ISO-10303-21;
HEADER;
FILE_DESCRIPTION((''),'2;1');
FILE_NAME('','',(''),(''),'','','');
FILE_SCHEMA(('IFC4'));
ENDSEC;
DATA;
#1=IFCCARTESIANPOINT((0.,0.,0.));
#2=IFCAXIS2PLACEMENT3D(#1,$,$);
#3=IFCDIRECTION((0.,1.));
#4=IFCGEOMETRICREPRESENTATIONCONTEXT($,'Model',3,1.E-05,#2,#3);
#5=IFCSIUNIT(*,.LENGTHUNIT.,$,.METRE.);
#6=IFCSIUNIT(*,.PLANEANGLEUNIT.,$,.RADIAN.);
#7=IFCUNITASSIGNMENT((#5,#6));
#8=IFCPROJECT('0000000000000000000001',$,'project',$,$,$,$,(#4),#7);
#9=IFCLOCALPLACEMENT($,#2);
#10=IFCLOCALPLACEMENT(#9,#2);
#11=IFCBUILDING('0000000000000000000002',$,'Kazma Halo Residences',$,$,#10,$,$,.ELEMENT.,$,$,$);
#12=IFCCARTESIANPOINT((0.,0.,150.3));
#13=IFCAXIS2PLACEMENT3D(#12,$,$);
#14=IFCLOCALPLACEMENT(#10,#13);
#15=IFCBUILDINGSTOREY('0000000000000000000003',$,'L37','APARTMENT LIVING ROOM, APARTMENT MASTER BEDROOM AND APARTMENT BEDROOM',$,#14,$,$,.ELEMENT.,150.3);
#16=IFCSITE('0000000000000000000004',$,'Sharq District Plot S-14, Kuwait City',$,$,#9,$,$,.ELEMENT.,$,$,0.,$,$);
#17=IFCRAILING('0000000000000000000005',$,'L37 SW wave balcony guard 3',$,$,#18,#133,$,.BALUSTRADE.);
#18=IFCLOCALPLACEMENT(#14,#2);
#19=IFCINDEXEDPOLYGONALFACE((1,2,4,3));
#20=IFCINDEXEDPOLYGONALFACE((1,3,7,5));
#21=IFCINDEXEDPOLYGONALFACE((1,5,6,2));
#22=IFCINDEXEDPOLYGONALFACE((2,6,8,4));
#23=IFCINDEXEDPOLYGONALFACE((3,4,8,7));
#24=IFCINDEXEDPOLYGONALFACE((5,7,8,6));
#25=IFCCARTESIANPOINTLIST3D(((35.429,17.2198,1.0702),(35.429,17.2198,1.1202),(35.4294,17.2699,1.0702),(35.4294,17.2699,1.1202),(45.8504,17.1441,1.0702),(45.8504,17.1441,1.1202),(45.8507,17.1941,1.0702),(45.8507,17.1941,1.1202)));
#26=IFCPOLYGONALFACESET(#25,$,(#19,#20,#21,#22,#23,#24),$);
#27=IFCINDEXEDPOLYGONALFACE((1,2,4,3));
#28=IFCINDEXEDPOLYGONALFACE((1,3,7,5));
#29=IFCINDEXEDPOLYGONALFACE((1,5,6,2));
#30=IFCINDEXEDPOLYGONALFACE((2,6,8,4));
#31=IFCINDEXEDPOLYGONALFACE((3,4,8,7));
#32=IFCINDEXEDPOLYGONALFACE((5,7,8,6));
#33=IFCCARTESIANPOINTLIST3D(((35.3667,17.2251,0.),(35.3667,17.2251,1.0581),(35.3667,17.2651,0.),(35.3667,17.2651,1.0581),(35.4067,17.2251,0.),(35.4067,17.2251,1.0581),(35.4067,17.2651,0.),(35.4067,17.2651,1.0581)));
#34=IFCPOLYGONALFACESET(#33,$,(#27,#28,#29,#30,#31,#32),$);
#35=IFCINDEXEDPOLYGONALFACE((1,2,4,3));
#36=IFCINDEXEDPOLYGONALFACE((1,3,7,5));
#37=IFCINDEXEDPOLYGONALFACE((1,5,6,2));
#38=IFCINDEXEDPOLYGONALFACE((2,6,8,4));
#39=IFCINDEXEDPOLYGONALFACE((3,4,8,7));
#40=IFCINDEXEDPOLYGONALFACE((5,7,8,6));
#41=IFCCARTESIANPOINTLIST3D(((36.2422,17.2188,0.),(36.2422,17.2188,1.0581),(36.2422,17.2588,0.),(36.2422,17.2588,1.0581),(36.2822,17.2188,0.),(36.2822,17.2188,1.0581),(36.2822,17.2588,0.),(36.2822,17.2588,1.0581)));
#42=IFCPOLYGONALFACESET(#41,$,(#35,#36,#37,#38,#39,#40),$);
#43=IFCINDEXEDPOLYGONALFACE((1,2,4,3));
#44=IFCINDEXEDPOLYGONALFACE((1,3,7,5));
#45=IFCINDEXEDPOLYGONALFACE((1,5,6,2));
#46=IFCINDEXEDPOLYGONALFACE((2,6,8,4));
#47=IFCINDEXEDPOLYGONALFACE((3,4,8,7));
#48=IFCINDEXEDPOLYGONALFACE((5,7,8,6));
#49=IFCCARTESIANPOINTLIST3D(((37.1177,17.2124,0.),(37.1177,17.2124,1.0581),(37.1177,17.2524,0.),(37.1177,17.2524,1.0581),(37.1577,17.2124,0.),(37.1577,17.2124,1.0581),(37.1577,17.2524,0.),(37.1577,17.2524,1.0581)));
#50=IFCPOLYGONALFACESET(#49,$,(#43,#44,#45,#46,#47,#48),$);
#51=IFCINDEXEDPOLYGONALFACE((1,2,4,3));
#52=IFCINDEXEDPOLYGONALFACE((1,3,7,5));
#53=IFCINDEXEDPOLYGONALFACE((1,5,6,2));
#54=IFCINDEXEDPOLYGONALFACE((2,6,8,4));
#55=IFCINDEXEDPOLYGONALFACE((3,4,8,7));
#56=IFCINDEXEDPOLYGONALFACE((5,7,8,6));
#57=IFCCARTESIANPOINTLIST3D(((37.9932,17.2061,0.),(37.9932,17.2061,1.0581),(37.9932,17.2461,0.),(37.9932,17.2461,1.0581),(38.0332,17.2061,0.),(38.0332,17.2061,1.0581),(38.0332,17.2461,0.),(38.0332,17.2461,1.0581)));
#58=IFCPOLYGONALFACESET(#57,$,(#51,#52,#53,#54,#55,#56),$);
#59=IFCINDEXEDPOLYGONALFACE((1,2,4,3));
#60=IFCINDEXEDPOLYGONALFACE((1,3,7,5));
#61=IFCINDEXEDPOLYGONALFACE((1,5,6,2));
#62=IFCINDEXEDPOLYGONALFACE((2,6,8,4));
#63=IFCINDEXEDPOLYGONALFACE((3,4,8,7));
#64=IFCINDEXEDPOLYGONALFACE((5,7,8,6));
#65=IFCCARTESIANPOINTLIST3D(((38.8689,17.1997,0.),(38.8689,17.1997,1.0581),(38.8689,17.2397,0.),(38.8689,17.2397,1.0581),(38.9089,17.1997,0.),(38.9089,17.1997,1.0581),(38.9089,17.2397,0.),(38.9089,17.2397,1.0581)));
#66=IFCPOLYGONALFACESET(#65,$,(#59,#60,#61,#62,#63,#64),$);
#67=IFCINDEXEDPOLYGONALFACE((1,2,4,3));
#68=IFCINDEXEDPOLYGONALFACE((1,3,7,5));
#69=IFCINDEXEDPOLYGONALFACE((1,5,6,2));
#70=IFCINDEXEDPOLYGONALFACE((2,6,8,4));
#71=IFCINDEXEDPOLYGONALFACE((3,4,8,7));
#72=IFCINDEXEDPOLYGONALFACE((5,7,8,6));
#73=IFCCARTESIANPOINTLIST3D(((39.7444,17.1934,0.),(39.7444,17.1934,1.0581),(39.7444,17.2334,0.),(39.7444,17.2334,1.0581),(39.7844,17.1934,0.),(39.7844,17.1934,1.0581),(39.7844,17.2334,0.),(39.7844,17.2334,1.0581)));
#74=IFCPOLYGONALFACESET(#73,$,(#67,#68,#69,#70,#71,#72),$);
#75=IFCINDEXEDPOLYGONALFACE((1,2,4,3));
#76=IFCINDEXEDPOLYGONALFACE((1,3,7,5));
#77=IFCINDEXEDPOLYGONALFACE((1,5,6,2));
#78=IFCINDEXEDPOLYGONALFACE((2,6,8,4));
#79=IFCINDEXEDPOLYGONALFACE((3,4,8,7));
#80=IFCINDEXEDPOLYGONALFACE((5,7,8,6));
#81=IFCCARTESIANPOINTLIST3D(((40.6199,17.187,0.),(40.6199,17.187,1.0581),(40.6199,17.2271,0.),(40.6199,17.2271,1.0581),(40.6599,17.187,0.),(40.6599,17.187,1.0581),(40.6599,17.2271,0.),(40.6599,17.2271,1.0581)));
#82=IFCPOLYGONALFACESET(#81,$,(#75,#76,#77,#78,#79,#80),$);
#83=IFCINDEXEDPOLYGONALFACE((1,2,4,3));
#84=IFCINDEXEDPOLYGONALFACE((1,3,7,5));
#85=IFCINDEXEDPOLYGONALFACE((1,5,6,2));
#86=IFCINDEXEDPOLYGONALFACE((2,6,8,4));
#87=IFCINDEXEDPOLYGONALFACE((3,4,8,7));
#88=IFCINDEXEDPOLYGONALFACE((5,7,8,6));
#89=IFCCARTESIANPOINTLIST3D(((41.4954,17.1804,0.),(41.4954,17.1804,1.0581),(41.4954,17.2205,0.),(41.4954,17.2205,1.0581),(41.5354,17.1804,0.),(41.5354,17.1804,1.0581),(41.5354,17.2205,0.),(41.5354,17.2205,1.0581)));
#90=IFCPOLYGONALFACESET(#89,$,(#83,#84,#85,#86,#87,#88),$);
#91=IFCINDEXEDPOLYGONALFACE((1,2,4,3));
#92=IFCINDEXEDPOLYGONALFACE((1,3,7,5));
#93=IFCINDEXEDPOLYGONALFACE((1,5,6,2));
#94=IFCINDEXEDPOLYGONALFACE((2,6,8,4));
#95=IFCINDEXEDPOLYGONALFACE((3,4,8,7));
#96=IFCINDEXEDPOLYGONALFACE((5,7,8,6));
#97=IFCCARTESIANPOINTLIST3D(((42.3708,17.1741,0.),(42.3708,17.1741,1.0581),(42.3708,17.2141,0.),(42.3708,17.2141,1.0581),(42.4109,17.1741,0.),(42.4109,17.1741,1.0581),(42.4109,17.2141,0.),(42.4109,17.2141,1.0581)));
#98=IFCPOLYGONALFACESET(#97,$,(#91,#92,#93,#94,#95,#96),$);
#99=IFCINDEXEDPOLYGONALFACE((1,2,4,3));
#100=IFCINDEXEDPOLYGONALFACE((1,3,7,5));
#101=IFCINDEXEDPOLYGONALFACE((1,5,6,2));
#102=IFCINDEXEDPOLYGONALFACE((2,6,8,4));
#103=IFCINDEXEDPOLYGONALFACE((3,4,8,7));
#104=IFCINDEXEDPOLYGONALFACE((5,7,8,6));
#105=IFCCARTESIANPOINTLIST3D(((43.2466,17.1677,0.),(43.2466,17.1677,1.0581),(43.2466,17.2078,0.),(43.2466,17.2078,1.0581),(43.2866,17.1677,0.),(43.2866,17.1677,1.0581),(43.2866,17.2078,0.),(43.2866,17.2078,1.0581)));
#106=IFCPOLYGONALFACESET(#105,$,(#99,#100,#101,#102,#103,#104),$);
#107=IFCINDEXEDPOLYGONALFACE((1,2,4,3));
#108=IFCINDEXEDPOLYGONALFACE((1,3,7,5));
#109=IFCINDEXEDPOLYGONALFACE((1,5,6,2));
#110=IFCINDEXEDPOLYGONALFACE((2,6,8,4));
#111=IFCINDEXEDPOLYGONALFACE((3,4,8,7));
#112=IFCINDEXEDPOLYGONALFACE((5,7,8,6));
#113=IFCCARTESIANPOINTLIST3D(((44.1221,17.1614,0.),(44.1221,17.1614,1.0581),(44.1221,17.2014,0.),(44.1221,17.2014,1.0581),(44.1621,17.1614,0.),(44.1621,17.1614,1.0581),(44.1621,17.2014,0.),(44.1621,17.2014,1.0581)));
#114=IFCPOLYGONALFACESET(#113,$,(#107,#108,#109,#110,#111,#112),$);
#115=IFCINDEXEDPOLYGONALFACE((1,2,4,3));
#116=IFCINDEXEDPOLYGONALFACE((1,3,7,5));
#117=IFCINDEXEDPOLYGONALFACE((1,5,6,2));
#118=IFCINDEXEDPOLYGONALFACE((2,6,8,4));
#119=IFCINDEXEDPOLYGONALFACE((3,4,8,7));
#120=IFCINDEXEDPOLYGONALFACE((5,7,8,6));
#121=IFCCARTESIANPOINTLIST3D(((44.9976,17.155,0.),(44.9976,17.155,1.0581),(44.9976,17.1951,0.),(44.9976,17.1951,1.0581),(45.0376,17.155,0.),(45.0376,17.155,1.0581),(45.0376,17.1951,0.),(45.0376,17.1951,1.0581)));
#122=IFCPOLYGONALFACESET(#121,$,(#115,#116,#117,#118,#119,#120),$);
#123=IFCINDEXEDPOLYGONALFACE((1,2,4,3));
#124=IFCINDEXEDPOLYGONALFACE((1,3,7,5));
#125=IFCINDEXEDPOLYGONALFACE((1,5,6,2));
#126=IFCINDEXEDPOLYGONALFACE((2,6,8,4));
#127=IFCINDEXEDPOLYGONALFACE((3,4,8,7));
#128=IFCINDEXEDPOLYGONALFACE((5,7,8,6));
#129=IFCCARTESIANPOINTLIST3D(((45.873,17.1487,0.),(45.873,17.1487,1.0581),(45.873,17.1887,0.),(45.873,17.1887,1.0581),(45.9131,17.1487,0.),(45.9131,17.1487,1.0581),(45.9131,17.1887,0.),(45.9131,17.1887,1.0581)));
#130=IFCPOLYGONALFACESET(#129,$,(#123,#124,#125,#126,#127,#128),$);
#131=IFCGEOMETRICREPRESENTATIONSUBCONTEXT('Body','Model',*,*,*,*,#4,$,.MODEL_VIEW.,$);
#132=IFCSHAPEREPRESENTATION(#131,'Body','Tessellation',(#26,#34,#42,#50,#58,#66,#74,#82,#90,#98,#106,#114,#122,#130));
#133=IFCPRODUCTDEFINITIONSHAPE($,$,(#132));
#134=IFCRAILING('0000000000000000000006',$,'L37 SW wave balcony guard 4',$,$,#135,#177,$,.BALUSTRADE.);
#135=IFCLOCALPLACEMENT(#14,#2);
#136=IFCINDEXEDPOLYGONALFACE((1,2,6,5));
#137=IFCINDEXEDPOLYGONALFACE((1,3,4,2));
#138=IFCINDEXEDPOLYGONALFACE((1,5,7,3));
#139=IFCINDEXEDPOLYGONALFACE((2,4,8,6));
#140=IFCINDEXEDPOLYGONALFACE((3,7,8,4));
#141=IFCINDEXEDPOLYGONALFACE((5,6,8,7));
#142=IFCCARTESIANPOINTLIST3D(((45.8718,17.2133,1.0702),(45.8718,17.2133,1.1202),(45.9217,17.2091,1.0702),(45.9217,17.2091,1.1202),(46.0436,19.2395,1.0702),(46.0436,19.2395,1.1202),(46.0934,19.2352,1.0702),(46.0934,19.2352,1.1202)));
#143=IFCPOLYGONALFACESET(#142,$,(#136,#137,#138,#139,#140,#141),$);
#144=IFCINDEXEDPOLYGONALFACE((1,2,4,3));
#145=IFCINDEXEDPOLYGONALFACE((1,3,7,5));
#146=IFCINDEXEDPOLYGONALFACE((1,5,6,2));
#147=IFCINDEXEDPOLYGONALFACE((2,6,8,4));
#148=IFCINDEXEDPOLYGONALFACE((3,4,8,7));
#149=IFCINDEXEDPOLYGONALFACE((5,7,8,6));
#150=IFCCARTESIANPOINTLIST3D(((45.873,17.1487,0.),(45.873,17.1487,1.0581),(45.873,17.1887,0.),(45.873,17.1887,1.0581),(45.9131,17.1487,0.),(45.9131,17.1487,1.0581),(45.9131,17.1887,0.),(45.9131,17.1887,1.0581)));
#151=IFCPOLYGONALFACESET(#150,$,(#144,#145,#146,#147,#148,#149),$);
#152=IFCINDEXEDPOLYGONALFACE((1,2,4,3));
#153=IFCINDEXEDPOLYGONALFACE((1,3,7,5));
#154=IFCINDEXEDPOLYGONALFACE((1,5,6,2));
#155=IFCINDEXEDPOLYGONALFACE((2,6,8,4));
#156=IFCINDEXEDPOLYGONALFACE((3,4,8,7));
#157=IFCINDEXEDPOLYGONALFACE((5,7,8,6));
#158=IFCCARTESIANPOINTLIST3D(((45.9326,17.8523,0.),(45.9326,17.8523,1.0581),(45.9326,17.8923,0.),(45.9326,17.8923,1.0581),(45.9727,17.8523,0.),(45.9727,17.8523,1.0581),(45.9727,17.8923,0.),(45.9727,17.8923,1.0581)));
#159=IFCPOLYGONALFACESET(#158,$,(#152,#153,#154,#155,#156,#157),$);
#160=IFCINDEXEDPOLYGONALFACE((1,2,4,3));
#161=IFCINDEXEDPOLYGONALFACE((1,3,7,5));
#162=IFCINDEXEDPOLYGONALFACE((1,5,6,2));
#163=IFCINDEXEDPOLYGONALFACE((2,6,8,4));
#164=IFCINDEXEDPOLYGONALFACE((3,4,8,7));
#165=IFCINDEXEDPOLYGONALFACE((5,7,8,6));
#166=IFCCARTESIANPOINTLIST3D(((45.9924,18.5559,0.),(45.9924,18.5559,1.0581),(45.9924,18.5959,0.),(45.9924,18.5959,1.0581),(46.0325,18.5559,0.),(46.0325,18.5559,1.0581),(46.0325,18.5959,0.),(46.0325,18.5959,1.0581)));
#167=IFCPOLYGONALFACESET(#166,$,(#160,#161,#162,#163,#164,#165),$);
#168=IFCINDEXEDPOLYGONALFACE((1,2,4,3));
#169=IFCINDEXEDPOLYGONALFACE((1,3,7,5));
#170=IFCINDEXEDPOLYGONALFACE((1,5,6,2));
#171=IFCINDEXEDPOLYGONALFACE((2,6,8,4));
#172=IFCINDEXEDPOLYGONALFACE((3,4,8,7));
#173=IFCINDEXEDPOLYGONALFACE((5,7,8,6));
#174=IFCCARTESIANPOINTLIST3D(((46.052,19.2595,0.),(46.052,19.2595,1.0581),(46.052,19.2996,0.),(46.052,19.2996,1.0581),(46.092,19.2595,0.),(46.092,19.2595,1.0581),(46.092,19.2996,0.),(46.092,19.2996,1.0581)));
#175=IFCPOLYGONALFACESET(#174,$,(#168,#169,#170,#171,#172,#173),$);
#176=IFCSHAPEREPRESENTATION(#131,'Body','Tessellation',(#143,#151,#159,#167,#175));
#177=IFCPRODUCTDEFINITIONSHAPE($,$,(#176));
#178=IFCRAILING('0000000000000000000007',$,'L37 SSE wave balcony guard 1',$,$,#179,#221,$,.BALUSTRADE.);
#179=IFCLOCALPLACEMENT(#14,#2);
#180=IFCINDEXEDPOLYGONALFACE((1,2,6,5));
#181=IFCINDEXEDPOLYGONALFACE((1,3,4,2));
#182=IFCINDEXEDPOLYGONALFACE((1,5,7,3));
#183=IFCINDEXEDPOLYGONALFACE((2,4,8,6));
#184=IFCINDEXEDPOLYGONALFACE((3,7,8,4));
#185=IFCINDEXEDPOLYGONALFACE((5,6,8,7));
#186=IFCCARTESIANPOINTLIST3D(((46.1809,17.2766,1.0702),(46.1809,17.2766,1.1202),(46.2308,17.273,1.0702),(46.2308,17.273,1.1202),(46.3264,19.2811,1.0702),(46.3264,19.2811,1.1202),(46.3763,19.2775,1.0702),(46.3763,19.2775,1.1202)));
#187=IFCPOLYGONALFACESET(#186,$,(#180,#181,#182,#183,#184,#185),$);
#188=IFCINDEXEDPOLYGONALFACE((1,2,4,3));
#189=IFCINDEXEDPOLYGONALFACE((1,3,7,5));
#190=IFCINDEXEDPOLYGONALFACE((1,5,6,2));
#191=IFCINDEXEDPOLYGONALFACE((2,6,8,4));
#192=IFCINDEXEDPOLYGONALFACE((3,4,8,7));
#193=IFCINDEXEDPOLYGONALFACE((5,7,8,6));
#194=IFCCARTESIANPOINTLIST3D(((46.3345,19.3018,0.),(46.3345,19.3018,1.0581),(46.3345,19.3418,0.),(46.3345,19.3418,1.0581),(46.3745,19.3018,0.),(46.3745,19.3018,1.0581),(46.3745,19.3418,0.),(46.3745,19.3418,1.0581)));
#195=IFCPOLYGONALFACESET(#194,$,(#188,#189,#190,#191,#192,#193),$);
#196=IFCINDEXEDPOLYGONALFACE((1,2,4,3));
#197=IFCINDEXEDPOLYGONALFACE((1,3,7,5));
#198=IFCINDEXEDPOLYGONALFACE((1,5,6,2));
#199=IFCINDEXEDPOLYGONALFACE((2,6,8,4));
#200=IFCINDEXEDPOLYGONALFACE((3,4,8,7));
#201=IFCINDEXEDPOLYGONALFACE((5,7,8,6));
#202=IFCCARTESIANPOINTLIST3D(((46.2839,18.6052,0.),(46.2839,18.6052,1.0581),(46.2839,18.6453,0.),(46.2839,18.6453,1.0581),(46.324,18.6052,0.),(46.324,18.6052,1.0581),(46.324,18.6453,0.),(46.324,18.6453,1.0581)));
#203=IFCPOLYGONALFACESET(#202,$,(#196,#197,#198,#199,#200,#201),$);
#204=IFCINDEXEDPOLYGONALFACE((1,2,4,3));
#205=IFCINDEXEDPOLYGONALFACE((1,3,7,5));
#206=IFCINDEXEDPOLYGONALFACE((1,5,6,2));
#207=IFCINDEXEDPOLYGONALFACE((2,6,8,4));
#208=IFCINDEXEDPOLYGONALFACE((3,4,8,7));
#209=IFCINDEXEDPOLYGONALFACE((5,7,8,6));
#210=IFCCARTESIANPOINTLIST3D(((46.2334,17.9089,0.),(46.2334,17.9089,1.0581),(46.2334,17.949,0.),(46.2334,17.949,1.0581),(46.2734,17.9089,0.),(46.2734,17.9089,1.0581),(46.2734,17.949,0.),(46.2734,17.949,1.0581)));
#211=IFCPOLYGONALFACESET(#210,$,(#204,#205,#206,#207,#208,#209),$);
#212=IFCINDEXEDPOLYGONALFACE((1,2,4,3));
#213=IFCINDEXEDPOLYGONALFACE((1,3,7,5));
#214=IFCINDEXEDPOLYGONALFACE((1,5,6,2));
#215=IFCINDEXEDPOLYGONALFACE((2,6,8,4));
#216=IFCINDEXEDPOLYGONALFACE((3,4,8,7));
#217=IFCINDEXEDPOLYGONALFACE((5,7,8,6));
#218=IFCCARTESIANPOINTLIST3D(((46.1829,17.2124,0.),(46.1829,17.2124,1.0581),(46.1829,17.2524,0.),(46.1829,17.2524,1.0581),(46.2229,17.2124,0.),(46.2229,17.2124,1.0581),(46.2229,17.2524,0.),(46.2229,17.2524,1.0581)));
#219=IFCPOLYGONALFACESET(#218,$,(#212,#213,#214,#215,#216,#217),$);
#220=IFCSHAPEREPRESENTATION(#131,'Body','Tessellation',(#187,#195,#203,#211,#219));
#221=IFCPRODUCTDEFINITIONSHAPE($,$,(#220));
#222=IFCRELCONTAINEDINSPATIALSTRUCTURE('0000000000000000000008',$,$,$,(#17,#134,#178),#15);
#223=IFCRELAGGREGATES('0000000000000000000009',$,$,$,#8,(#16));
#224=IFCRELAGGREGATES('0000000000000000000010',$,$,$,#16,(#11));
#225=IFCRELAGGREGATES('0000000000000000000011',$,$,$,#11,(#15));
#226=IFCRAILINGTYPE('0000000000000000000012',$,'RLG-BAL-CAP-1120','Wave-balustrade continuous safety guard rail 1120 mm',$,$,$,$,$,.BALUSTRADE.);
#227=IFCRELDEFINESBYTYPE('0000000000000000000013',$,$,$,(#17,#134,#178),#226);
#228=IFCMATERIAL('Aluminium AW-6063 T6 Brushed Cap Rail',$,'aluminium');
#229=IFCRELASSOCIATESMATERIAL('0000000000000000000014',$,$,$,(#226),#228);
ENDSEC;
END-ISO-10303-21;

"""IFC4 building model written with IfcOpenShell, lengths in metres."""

from ifc_helpers import new_model, si_unit, direction, frame, origin, origin_2d, place, context, subcontext, project, spatial, rectangle, extrude, material, type_object, element, save


model = new_model("IFC4")

# Units and contexts
model_context = context("Model", 3, precision=1e-05, world=origin(), true_north=direction((0.0, 1.0)))
body_context = subcontext(model_context, "Body", "Model", "MODEL_VIEW")
ifc_project = project(units=[si_unit("LENGTHUNIT", "METRE"), si_unit("PLANEANGLEUNIT", "RADIAN")], contexts=[model_context])

# Site, building, storey
site_placement = place(None, origin())
site = spatial("IfcSite", under=ifc_project, at=site_placement, Name="Sharq District Plot S-14, Kuwait City", CompositionType="ELEMENT", RefElevation=0.0)
building_placement = place(site_placement, origin())
building = spatial("IfcBuilding", under=site, at=building_placement, Name="Kazma Halo Residences", CompositionType="ELEMENT")
storey_placement = place(building_placement, frame((0.0, 0.0, 150.3)))
storey = spatial("IfcBuildingStorey", under=building, at=storey_placement, Name="L37", Description="APARTMENT LIVING ROOM, APARTMENT MASTER BEDROOM AND APARTMENT BEDROOM", CompositionType="ELEMENT", Elevation=150.3)

# Railings
ifc_material_1 = material(Name="Aluminium AW-6063 T6 Brushed Cap Rail", Category="aluminium")
railing_type = type_object("IfcRailingType", Name="RLG-BAL-CAP-1120", Description="Wave-balustrade continuous safety guard rail 1120 mm", PredefinedType="BALUSTRADE", material=ifc_material_1)
railing_1_placement = place(storey_placement, frame((35.3867, 17.2451, 0.0)))
element("IfcRailing", 1, at=railing_1_placement, inside=storey, type_object=railing_type, Name="L37 SW wave balcony guard 3", PredefinedType="BALUSTRADE", context=body_context, shape_type="SweptSolid", body=[
    extrude(rectangle(XDim=0.05, YDim=0.05, at=origin_2d()), frame((0.0425, -0.0002, 1.0952), z_axis=(0.999974, -0.007273, 0.0), x_axis=(0.007273, 0.999974, 0.0)), (0.0, 0.0, 1.0), 10.4216),
    extrude(rectangle(XDim=0.04, YDim=0.04, at=origin_2d()), origin(), (0.0, 0.0, 1.0), 1.0581),
    extrude(rectangle(XDim=0.04, YDim=0.04, at=origin_2d()), frame((0.8755, -0.0063, 0.0)), (0.0, 0.0, 1.0), 1.0581),
    extrude(rectangle(XDim=0.04, YDim=0.04, at=origin_2d()), frame((1.751, -0.0127, 0.0)), (0.0, 0.0, 1.0), 1.0581),
    extrude(rectangle(XDim=0.04, YDim=0.04, at=origin_2d()), frame((2.6265, -0.019, 0.0)), (0.0, 0.0, 1.0), 1.0581),
    extrude(rectangle(XDim=0.04, YDim=0.04, at=origin_2d()), frame((3.5022, -0.0254, 0.0)), (0.0, 0.0, 1.0), 1.0581),
    extrude(rectangle(XDim=0.04, YDim=0.04, at=origin_2d()), frame((4.3777, -0.0317, 0.0)), (0.0, 0.0, 1.0), 1.0581),
    extrude(rectangle(XDim=0.04, YDim=0.04, at=origin_2d()), frame((5.2532, -0.0381, 0.0)), (0.0, 0.0, 1.0), 1.0581),
    extrude(rectangle(XDim=0.04, YDim=0.04, at=origin_2d()), frame((6.1287, -0.0447, 0.0)), (0.0, 0.0, 1.0), 1.0581),
    extrude(rectangle(XDim=0.04, YDim=0.04, at=origin_2d()), frame((7.0042, -0.051, 0.0)), (0.0, 0.0, 1.0), 1.0581),
    extrude(rectangle(XDim=0.04, YDim=0.04, at=origin_2d()), frame((7.8799, -0.0574, 0.0)), (0.0, 0.0, 1.0), 1.0581),
    extrude(rectangle(XDim=0.04, YDim=0.04, at=origin_2d()), frame((8.7554, -0.0637, 0.0)), (0.0, 0.0, 1.0), 1.0581),
    extrude(rectangle(XDim=0.04, YDim=0.04, at=origin_2d()), frame((9.6309, -0.0701, 0.0)), (0.0, 0.0, 1.0), 1.0581),
    extrude(rectangle(XDim=0.04, YDim=0.04, at=origin_2d()), frame((10.5063, -0.0764, 0.0)), (0.0, 0.0, 1.0), 1.0581),
])
railing_2_placement = place(storey_placement, frame((45.8931, 17.1687, 0.0)))
element("IfcRailing", 2, at=railing_2_placement, inside=storey, type_object=railing_type, Name="L37 SW wave balcony guard 4", PredefinedType="BALUSTRADE", context=body_context, shape_type="SweptSolid", body=[
    extrude(rectangle(XDim=0.05, YDim=0.05, at=origin_2d()), frame((0.0037, 0.0425, 1.0952), z_axis=(0.084476, 0.996426, 0.0), x_axis=(-0.996426, 0.084476, 0.0)), (0.0, 0.0, 1.0), 2.0334),
    extrude(rectangle(XDim=0.04, YDim=0.04, at=origin_2d()), origin(), (0.0, 0.0, 1.0), 1.0581),
    extrude(rectangle(XDim=0.04, YDim=0.04, at=origin_2d()), frame((0.0596, 0.7036, 0.0)), (0.0, 0.0, 1.0), 1.0581),
    extrude(rectangle(XDim=0.04, YDim=0.04, at=origin_2d()), frame((0.1194, 1.4072, 0.0)), (0.0, 0.0, 1.0), 1.0581),
    extrude(rectangle(XDim=0.04, YDim=0.04, at=origin_2d()), frame((0.179, 2.1108, 0.0)), (0.0, 0.0, 1.0), 1.0581),
])
railing_3_placement = place(storey_placement, frame((46.3545, 19.3218, 0.0)))
element("IfcRailing", 3, at=railing_3_placement, inside=storey, type_object=railing_type, Name="L37 SSE wave balcony guard 1", PredefinedType="BALUSTRADE", context=body_context, shape_type="SweptSolid", body=[
    extrude(rectangle(XDim=0.05, YDim=0.05, at=origin_2d()), frame((-0.0032, -0.0425, 1.0952), z_axis=(-0.072373, -0.997378, 0.0), x_axis=(0.997378, -0.072373, 0.0)), (0.0, 0.0, 1.0), 2.0098),
    extrude(rectangle(XDim=0.04, YDim=0.04, at=origin_2d()), origin(), (0.0, 0.0, 1.0), 1.0581),
    extrude(rectangle(XDim=0.04, YDim=0.04, at=origin_2d()), frame((-0.0505, -0.6965, 0.0)), (0.0, 0.0, 1.0), 1.0581),
    extrude(rectangle(XDim=0.04, YDim=0.04, at=origin_2d()), frame((-0.1011, -1.3928, 0.0)), (0.0, 0.0, 1.0), 1.0581),
    extrude(rectangle(XDim=0.04, YDim=0.04, at=origin_2d()), frame((-0.1516, -2.0894, 0.0)), (0.0, 0.0, 1.0), 1.0581),
])

save(model, "model.ifc")
